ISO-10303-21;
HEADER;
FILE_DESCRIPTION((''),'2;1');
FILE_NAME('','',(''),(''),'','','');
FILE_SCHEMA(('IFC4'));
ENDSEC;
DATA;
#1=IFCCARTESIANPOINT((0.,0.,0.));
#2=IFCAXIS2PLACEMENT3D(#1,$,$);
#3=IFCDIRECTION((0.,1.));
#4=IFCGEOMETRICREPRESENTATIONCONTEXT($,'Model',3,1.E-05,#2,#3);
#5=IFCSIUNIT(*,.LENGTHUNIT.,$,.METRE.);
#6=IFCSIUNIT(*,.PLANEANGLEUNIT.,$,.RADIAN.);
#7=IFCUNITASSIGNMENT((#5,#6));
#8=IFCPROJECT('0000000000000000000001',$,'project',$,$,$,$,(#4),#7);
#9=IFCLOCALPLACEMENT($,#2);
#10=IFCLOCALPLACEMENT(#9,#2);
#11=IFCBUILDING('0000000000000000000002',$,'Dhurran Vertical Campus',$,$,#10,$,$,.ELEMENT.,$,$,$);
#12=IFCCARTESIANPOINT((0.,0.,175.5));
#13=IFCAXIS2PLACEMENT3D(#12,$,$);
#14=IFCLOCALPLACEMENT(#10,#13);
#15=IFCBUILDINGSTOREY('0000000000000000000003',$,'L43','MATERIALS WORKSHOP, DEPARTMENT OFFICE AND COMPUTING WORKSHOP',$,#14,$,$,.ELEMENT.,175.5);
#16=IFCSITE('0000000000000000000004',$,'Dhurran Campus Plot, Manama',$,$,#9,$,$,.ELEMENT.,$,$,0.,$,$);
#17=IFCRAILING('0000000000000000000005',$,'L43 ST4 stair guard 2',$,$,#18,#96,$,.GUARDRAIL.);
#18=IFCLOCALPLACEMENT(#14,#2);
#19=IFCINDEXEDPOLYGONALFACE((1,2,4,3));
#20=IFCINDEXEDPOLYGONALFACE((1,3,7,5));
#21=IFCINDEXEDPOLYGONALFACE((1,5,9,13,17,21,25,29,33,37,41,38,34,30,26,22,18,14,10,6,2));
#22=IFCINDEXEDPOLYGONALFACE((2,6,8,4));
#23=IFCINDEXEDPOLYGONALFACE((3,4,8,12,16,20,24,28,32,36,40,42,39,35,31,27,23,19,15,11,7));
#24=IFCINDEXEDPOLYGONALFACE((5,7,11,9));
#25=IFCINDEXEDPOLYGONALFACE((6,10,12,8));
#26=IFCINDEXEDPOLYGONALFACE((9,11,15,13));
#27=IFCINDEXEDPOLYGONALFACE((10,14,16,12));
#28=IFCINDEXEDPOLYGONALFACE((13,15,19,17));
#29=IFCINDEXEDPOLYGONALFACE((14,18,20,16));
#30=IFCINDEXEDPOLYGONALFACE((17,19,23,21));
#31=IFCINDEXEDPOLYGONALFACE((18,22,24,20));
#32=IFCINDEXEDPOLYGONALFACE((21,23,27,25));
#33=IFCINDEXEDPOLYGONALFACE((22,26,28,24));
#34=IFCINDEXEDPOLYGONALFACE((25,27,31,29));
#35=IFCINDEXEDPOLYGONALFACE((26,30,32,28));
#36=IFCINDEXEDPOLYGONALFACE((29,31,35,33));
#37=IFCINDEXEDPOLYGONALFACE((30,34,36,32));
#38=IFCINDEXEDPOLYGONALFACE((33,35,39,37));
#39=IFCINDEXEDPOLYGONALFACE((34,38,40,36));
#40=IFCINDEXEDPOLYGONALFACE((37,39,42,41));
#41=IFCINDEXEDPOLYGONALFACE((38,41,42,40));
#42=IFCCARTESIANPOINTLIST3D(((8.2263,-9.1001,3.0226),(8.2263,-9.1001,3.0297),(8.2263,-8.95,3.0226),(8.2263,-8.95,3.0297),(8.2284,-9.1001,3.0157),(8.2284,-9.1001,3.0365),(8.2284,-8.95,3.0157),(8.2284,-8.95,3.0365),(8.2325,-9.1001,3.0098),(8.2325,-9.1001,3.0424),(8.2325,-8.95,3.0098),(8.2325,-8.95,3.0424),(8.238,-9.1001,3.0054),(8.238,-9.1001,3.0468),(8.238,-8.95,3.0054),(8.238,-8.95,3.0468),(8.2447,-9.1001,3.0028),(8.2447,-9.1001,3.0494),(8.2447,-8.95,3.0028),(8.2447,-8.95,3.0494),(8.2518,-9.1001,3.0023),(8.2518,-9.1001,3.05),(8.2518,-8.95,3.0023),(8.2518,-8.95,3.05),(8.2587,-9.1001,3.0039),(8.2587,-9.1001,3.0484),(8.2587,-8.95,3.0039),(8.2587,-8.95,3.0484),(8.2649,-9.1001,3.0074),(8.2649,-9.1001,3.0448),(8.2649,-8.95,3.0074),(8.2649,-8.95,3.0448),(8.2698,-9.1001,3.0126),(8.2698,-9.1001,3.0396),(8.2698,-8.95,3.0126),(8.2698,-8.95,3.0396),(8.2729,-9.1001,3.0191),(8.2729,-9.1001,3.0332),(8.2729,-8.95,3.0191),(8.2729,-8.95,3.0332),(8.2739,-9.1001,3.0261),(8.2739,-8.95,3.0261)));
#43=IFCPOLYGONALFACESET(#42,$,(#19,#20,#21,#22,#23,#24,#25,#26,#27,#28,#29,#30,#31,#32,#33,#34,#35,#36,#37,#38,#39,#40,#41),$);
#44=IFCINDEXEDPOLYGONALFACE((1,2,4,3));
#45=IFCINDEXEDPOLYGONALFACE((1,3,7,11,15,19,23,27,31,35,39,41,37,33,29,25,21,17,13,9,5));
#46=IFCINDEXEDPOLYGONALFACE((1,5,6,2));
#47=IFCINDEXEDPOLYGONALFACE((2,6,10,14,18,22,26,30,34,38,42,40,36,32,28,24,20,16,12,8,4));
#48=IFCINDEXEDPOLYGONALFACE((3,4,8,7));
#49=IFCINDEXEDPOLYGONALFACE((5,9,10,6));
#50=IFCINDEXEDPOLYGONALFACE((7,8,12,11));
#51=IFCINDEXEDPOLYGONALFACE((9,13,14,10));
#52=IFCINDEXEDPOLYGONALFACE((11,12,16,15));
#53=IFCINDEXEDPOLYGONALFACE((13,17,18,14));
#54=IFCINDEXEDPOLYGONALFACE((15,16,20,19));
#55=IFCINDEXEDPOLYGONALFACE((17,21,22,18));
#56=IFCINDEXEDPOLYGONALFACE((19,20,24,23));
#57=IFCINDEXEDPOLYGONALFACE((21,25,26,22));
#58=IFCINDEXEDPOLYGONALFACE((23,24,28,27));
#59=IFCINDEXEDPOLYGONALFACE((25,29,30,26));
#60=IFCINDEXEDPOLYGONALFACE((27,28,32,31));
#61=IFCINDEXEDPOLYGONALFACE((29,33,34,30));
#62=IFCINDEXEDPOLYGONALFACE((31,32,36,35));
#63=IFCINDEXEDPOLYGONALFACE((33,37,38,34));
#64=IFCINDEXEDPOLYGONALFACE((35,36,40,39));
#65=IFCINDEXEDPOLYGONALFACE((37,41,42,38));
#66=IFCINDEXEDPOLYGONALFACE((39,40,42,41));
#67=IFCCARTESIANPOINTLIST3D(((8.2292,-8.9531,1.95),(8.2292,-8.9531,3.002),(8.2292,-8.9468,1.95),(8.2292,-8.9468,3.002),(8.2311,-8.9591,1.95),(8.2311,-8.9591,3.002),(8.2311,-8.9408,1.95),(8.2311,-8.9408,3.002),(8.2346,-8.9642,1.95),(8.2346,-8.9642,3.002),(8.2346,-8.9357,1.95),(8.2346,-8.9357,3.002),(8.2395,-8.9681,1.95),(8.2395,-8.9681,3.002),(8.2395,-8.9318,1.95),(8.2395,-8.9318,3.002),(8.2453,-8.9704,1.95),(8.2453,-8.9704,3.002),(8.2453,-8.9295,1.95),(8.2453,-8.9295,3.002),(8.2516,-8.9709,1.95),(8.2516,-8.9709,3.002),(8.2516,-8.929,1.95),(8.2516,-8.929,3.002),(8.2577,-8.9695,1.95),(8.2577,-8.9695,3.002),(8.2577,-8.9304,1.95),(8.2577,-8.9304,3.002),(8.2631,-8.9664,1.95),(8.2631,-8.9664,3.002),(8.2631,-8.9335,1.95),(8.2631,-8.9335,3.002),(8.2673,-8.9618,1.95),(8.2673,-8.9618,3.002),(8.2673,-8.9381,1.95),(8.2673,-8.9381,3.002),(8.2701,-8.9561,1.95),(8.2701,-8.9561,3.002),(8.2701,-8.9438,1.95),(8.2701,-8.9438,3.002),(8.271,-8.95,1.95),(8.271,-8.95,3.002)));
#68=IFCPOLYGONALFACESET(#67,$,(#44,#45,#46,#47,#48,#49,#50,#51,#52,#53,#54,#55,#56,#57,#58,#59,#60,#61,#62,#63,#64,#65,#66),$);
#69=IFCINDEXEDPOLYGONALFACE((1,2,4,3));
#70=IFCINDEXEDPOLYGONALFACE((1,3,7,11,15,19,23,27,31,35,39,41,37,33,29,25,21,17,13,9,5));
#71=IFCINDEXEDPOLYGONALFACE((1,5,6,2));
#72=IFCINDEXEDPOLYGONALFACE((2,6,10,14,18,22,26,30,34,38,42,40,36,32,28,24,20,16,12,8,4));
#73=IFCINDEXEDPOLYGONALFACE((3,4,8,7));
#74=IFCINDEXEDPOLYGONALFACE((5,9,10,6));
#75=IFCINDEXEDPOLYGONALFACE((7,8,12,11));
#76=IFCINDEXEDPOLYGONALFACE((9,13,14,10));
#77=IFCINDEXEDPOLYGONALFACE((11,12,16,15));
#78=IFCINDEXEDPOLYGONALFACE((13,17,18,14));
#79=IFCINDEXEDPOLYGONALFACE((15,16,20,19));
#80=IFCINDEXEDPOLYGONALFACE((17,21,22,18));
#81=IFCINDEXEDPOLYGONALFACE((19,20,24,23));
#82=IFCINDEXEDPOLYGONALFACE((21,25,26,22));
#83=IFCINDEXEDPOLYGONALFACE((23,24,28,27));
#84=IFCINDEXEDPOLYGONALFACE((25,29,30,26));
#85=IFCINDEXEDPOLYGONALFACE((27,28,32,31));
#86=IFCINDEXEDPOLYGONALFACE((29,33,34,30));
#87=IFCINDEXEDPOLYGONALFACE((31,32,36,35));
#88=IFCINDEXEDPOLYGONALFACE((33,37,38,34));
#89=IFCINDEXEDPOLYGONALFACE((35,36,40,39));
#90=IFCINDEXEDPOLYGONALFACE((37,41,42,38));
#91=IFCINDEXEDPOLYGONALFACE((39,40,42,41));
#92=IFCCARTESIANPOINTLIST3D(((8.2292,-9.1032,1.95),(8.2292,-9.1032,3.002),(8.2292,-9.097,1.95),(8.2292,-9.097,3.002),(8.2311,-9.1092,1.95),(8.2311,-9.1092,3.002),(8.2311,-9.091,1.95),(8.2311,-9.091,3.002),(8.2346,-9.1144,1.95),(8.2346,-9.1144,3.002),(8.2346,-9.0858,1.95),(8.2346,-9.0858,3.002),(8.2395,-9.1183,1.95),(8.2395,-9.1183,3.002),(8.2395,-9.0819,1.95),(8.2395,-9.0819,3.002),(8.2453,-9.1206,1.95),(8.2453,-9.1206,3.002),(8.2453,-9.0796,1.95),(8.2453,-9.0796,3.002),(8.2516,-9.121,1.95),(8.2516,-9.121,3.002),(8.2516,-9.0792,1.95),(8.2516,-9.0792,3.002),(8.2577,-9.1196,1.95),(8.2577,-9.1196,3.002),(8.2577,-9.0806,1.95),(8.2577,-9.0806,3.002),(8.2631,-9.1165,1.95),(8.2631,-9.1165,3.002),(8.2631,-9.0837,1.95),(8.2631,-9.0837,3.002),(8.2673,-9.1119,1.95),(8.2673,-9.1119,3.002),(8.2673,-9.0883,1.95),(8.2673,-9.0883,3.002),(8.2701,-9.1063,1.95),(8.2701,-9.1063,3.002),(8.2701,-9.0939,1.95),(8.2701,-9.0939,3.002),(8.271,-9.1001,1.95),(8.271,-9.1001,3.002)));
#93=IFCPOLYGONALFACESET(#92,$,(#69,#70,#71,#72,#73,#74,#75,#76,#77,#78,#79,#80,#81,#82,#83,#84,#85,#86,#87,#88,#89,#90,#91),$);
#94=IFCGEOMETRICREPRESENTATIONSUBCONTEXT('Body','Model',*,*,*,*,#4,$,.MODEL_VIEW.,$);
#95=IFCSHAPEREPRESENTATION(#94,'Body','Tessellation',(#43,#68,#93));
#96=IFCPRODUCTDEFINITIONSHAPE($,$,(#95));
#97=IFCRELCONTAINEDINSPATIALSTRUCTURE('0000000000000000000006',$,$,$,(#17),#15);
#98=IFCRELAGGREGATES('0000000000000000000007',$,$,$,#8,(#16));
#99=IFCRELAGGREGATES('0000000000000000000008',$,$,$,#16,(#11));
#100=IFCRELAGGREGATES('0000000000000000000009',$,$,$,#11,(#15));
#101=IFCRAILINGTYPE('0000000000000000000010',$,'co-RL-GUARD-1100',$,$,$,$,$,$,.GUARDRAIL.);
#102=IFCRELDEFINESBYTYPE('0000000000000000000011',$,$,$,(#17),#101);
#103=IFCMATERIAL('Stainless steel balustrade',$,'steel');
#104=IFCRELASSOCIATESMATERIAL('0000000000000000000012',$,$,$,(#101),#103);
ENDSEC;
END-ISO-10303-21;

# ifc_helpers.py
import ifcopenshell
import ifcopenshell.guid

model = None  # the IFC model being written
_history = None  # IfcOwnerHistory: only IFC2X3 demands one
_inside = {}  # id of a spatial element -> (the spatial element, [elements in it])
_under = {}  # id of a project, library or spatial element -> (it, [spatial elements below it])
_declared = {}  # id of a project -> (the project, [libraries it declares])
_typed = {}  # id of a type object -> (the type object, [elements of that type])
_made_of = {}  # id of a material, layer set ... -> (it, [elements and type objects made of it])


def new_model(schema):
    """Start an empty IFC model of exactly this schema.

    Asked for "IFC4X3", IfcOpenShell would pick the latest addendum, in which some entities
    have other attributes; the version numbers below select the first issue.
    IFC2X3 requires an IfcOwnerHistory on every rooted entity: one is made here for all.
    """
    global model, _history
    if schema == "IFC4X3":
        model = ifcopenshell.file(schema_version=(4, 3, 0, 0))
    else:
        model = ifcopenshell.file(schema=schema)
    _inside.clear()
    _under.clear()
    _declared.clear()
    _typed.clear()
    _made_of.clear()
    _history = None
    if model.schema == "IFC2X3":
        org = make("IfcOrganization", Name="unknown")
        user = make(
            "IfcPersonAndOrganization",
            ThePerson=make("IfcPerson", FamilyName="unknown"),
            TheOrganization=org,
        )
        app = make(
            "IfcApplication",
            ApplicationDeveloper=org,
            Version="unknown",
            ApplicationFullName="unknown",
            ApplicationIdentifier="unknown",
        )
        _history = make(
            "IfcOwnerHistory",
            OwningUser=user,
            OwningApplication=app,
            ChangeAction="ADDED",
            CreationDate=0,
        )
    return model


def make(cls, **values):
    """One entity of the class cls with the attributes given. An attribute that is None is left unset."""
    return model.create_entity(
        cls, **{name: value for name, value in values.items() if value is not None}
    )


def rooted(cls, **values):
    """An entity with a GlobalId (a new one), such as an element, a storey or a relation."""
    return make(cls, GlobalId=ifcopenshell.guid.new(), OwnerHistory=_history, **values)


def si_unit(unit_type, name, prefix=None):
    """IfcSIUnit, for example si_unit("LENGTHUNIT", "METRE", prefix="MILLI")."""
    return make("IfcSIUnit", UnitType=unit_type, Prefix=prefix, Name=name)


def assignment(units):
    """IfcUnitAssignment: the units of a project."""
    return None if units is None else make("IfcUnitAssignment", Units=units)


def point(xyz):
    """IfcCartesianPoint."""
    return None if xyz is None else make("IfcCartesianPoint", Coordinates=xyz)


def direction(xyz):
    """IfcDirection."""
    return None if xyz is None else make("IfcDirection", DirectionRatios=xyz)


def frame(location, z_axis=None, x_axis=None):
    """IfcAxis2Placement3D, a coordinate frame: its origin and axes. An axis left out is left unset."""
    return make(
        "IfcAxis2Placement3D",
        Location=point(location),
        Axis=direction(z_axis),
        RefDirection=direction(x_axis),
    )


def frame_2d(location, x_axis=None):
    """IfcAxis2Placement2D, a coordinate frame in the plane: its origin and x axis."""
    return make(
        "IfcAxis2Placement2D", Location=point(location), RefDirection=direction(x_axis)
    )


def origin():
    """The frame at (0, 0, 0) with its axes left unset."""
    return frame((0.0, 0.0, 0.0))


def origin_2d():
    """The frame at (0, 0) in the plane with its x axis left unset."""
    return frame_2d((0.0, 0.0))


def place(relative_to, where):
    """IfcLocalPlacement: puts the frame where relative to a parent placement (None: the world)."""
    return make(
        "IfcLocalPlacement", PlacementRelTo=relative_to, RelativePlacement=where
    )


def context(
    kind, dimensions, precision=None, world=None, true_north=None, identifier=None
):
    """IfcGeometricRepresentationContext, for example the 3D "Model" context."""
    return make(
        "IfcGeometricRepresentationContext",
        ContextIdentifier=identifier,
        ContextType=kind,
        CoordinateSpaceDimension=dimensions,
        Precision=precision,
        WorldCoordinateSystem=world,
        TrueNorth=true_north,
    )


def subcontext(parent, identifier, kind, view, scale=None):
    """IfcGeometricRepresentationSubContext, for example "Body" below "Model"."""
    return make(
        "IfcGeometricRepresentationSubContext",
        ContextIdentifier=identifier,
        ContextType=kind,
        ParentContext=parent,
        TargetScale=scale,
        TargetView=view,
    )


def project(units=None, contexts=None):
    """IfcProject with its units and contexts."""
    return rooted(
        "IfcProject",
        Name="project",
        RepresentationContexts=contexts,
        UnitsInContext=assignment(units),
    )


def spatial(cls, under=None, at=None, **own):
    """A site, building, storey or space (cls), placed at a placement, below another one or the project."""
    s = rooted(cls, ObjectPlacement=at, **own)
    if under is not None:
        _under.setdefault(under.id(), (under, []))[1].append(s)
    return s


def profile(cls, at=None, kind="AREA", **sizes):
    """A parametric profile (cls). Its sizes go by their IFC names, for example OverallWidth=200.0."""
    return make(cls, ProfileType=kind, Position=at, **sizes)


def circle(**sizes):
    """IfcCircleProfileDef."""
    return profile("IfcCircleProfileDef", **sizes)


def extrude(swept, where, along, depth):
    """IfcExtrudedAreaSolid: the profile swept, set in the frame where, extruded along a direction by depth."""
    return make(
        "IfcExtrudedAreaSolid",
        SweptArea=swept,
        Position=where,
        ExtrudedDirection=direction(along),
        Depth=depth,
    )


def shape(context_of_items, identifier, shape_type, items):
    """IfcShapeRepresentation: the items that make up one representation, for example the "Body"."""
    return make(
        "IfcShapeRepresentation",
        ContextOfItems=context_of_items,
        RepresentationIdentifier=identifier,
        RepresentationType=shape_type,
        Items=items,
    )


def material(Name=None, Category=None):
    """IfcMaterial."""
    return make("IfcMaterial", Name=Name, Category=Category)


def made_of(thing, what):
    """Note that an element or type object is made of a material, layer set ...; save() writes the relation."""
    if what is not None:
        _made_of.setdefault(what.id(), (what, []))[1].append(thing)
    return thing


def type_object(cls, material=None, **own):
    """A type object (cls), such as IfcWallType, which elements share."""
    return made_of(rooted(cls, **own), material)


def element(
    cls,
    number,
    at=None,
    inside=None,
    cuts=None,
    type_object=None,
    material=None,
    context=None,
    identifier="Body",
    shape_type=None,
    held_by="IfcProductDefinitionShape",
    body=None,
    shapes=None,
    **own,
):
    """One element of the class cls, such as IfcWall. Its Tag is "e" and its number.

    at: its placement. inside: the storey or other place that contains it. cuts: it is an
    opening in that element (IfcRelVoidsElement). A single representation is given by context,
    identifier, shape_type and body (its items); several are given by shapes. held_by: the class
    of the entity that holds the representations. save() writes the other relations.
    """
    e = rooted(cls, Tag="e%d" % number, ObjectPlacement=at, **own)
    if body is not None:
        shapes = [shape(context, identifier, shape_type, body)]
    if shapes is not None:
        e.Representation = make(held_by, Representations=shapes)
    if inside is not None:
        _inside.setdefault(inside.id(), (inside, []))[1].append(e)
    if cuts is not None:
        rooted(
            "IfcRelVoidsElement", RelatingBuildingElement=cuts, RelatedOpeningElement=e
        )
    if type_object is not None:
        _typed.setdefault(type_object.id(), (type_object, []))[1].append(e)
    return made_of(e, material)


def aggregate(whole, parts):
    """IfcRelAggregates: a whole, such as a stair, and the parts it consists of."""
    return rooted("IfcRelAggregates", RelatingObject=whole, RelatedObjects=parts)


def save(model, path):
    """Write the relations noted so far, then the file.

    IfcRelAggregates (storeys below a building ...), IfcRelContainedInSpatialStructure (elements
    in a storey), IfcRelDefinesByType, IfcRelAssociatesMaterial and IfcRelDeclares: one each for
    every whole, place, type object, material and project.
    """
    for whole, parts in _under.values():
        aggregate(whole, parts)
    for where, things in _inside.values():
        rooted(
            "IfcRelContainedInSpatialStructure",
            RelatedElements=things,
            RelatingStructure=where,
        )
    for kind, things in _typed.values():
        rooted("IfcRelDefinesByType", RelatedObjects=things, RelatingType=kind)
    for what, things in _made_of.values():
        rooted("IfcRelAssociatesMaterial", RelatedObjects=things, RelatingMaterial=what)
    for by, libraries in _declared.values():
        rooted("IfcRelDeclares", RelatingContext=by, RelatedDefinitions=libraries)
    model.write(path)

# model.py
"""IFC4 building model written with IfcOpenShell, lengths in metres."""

from ifc_helpers import new_model, si_unit, direction, frame, origin, origin_2d, place, context, subcontext, project, spatial, circle, extrude, material, type_object, element, save


model = new_model("IFC4")

# Units and contexts
model_context = context("Model", 3, precision=1e-05, world=origin(), true_north=direction((0.0, 1.0)))
body_context = subcontext(model_context, "Body", "Model", "MODEL_VIEW")
ifc_project = project(units=[si_unit("LENGTHUNIT", "METRE"), si_unit("PLANEANGLEUNIT", "RADIAN")], contexts=[model_context])

# Site, building, storey
site_placement = place(None, origin())
site = spatial("IfcSite", under=ifc_project, at=site_placement, Name="Dhurran Campus Plot, Manama", CompositionType="ELEMENT", RefElevation=0.0)
building_placement = place(site_placement, origin())
building = spatial("IfcBuilding", under=site, at=building_placement, Name="Dhurran Vertical Campus", CompositionType="ELEMENT")
storey_placement = place(building_placement, frame((0.0, 0.0, 175.5)))
storey = spatial("IfcBuildingStorey", under=building, at=storey_placement, Name="L43", Description="MATERIALS WORKSHOP, DEPARTMENT OFFICE AND COMPUTING WORKSHOP", CompositionType="ELEMENT", Elevation=175.5)

# Railing
ifc_material_1 = material(Name="Stainless steel balustrade", Category="steel")
railing_type_1 = type_object("IfcRailingType", Name="co-RL-GUARD-1100", PredefinedType="GUARDRAIL", material=ifc_material_1)
railing_1_placement = place(storey_placement, frame((8.25, -8.95, 1.95)))
element("IfcRailing", 1, at=railing_1_placement, inside=storey, type_object=railing_type_1, Name="L43 ST4 stair guard 2", PredefinedType="GUARDRAIL", context=body_context, shape_type="SweptSolid", body=[
    extrude(circle(Radius=0.0239, at=origin_2d()), frame((0.0, 0.0, 1.0762), z_axis=(0.0, -1.0, 0.0), x_axis=(1.0, 0.0, 0.0)), (0.0, 0.0, 1.0), 0.1501),
    extrude(circle(Radius=0.021, at=origin_2d()), origin(), (0.0, 0.0, 1.0), 1.052),
    extrude(circle(Radius=0.021, at=origin_2d()), frame((0.0, -0.1501, 0.0)), (0.0, 0.0, 1.0), 1.052),
])

save(model, "model.ifc")
